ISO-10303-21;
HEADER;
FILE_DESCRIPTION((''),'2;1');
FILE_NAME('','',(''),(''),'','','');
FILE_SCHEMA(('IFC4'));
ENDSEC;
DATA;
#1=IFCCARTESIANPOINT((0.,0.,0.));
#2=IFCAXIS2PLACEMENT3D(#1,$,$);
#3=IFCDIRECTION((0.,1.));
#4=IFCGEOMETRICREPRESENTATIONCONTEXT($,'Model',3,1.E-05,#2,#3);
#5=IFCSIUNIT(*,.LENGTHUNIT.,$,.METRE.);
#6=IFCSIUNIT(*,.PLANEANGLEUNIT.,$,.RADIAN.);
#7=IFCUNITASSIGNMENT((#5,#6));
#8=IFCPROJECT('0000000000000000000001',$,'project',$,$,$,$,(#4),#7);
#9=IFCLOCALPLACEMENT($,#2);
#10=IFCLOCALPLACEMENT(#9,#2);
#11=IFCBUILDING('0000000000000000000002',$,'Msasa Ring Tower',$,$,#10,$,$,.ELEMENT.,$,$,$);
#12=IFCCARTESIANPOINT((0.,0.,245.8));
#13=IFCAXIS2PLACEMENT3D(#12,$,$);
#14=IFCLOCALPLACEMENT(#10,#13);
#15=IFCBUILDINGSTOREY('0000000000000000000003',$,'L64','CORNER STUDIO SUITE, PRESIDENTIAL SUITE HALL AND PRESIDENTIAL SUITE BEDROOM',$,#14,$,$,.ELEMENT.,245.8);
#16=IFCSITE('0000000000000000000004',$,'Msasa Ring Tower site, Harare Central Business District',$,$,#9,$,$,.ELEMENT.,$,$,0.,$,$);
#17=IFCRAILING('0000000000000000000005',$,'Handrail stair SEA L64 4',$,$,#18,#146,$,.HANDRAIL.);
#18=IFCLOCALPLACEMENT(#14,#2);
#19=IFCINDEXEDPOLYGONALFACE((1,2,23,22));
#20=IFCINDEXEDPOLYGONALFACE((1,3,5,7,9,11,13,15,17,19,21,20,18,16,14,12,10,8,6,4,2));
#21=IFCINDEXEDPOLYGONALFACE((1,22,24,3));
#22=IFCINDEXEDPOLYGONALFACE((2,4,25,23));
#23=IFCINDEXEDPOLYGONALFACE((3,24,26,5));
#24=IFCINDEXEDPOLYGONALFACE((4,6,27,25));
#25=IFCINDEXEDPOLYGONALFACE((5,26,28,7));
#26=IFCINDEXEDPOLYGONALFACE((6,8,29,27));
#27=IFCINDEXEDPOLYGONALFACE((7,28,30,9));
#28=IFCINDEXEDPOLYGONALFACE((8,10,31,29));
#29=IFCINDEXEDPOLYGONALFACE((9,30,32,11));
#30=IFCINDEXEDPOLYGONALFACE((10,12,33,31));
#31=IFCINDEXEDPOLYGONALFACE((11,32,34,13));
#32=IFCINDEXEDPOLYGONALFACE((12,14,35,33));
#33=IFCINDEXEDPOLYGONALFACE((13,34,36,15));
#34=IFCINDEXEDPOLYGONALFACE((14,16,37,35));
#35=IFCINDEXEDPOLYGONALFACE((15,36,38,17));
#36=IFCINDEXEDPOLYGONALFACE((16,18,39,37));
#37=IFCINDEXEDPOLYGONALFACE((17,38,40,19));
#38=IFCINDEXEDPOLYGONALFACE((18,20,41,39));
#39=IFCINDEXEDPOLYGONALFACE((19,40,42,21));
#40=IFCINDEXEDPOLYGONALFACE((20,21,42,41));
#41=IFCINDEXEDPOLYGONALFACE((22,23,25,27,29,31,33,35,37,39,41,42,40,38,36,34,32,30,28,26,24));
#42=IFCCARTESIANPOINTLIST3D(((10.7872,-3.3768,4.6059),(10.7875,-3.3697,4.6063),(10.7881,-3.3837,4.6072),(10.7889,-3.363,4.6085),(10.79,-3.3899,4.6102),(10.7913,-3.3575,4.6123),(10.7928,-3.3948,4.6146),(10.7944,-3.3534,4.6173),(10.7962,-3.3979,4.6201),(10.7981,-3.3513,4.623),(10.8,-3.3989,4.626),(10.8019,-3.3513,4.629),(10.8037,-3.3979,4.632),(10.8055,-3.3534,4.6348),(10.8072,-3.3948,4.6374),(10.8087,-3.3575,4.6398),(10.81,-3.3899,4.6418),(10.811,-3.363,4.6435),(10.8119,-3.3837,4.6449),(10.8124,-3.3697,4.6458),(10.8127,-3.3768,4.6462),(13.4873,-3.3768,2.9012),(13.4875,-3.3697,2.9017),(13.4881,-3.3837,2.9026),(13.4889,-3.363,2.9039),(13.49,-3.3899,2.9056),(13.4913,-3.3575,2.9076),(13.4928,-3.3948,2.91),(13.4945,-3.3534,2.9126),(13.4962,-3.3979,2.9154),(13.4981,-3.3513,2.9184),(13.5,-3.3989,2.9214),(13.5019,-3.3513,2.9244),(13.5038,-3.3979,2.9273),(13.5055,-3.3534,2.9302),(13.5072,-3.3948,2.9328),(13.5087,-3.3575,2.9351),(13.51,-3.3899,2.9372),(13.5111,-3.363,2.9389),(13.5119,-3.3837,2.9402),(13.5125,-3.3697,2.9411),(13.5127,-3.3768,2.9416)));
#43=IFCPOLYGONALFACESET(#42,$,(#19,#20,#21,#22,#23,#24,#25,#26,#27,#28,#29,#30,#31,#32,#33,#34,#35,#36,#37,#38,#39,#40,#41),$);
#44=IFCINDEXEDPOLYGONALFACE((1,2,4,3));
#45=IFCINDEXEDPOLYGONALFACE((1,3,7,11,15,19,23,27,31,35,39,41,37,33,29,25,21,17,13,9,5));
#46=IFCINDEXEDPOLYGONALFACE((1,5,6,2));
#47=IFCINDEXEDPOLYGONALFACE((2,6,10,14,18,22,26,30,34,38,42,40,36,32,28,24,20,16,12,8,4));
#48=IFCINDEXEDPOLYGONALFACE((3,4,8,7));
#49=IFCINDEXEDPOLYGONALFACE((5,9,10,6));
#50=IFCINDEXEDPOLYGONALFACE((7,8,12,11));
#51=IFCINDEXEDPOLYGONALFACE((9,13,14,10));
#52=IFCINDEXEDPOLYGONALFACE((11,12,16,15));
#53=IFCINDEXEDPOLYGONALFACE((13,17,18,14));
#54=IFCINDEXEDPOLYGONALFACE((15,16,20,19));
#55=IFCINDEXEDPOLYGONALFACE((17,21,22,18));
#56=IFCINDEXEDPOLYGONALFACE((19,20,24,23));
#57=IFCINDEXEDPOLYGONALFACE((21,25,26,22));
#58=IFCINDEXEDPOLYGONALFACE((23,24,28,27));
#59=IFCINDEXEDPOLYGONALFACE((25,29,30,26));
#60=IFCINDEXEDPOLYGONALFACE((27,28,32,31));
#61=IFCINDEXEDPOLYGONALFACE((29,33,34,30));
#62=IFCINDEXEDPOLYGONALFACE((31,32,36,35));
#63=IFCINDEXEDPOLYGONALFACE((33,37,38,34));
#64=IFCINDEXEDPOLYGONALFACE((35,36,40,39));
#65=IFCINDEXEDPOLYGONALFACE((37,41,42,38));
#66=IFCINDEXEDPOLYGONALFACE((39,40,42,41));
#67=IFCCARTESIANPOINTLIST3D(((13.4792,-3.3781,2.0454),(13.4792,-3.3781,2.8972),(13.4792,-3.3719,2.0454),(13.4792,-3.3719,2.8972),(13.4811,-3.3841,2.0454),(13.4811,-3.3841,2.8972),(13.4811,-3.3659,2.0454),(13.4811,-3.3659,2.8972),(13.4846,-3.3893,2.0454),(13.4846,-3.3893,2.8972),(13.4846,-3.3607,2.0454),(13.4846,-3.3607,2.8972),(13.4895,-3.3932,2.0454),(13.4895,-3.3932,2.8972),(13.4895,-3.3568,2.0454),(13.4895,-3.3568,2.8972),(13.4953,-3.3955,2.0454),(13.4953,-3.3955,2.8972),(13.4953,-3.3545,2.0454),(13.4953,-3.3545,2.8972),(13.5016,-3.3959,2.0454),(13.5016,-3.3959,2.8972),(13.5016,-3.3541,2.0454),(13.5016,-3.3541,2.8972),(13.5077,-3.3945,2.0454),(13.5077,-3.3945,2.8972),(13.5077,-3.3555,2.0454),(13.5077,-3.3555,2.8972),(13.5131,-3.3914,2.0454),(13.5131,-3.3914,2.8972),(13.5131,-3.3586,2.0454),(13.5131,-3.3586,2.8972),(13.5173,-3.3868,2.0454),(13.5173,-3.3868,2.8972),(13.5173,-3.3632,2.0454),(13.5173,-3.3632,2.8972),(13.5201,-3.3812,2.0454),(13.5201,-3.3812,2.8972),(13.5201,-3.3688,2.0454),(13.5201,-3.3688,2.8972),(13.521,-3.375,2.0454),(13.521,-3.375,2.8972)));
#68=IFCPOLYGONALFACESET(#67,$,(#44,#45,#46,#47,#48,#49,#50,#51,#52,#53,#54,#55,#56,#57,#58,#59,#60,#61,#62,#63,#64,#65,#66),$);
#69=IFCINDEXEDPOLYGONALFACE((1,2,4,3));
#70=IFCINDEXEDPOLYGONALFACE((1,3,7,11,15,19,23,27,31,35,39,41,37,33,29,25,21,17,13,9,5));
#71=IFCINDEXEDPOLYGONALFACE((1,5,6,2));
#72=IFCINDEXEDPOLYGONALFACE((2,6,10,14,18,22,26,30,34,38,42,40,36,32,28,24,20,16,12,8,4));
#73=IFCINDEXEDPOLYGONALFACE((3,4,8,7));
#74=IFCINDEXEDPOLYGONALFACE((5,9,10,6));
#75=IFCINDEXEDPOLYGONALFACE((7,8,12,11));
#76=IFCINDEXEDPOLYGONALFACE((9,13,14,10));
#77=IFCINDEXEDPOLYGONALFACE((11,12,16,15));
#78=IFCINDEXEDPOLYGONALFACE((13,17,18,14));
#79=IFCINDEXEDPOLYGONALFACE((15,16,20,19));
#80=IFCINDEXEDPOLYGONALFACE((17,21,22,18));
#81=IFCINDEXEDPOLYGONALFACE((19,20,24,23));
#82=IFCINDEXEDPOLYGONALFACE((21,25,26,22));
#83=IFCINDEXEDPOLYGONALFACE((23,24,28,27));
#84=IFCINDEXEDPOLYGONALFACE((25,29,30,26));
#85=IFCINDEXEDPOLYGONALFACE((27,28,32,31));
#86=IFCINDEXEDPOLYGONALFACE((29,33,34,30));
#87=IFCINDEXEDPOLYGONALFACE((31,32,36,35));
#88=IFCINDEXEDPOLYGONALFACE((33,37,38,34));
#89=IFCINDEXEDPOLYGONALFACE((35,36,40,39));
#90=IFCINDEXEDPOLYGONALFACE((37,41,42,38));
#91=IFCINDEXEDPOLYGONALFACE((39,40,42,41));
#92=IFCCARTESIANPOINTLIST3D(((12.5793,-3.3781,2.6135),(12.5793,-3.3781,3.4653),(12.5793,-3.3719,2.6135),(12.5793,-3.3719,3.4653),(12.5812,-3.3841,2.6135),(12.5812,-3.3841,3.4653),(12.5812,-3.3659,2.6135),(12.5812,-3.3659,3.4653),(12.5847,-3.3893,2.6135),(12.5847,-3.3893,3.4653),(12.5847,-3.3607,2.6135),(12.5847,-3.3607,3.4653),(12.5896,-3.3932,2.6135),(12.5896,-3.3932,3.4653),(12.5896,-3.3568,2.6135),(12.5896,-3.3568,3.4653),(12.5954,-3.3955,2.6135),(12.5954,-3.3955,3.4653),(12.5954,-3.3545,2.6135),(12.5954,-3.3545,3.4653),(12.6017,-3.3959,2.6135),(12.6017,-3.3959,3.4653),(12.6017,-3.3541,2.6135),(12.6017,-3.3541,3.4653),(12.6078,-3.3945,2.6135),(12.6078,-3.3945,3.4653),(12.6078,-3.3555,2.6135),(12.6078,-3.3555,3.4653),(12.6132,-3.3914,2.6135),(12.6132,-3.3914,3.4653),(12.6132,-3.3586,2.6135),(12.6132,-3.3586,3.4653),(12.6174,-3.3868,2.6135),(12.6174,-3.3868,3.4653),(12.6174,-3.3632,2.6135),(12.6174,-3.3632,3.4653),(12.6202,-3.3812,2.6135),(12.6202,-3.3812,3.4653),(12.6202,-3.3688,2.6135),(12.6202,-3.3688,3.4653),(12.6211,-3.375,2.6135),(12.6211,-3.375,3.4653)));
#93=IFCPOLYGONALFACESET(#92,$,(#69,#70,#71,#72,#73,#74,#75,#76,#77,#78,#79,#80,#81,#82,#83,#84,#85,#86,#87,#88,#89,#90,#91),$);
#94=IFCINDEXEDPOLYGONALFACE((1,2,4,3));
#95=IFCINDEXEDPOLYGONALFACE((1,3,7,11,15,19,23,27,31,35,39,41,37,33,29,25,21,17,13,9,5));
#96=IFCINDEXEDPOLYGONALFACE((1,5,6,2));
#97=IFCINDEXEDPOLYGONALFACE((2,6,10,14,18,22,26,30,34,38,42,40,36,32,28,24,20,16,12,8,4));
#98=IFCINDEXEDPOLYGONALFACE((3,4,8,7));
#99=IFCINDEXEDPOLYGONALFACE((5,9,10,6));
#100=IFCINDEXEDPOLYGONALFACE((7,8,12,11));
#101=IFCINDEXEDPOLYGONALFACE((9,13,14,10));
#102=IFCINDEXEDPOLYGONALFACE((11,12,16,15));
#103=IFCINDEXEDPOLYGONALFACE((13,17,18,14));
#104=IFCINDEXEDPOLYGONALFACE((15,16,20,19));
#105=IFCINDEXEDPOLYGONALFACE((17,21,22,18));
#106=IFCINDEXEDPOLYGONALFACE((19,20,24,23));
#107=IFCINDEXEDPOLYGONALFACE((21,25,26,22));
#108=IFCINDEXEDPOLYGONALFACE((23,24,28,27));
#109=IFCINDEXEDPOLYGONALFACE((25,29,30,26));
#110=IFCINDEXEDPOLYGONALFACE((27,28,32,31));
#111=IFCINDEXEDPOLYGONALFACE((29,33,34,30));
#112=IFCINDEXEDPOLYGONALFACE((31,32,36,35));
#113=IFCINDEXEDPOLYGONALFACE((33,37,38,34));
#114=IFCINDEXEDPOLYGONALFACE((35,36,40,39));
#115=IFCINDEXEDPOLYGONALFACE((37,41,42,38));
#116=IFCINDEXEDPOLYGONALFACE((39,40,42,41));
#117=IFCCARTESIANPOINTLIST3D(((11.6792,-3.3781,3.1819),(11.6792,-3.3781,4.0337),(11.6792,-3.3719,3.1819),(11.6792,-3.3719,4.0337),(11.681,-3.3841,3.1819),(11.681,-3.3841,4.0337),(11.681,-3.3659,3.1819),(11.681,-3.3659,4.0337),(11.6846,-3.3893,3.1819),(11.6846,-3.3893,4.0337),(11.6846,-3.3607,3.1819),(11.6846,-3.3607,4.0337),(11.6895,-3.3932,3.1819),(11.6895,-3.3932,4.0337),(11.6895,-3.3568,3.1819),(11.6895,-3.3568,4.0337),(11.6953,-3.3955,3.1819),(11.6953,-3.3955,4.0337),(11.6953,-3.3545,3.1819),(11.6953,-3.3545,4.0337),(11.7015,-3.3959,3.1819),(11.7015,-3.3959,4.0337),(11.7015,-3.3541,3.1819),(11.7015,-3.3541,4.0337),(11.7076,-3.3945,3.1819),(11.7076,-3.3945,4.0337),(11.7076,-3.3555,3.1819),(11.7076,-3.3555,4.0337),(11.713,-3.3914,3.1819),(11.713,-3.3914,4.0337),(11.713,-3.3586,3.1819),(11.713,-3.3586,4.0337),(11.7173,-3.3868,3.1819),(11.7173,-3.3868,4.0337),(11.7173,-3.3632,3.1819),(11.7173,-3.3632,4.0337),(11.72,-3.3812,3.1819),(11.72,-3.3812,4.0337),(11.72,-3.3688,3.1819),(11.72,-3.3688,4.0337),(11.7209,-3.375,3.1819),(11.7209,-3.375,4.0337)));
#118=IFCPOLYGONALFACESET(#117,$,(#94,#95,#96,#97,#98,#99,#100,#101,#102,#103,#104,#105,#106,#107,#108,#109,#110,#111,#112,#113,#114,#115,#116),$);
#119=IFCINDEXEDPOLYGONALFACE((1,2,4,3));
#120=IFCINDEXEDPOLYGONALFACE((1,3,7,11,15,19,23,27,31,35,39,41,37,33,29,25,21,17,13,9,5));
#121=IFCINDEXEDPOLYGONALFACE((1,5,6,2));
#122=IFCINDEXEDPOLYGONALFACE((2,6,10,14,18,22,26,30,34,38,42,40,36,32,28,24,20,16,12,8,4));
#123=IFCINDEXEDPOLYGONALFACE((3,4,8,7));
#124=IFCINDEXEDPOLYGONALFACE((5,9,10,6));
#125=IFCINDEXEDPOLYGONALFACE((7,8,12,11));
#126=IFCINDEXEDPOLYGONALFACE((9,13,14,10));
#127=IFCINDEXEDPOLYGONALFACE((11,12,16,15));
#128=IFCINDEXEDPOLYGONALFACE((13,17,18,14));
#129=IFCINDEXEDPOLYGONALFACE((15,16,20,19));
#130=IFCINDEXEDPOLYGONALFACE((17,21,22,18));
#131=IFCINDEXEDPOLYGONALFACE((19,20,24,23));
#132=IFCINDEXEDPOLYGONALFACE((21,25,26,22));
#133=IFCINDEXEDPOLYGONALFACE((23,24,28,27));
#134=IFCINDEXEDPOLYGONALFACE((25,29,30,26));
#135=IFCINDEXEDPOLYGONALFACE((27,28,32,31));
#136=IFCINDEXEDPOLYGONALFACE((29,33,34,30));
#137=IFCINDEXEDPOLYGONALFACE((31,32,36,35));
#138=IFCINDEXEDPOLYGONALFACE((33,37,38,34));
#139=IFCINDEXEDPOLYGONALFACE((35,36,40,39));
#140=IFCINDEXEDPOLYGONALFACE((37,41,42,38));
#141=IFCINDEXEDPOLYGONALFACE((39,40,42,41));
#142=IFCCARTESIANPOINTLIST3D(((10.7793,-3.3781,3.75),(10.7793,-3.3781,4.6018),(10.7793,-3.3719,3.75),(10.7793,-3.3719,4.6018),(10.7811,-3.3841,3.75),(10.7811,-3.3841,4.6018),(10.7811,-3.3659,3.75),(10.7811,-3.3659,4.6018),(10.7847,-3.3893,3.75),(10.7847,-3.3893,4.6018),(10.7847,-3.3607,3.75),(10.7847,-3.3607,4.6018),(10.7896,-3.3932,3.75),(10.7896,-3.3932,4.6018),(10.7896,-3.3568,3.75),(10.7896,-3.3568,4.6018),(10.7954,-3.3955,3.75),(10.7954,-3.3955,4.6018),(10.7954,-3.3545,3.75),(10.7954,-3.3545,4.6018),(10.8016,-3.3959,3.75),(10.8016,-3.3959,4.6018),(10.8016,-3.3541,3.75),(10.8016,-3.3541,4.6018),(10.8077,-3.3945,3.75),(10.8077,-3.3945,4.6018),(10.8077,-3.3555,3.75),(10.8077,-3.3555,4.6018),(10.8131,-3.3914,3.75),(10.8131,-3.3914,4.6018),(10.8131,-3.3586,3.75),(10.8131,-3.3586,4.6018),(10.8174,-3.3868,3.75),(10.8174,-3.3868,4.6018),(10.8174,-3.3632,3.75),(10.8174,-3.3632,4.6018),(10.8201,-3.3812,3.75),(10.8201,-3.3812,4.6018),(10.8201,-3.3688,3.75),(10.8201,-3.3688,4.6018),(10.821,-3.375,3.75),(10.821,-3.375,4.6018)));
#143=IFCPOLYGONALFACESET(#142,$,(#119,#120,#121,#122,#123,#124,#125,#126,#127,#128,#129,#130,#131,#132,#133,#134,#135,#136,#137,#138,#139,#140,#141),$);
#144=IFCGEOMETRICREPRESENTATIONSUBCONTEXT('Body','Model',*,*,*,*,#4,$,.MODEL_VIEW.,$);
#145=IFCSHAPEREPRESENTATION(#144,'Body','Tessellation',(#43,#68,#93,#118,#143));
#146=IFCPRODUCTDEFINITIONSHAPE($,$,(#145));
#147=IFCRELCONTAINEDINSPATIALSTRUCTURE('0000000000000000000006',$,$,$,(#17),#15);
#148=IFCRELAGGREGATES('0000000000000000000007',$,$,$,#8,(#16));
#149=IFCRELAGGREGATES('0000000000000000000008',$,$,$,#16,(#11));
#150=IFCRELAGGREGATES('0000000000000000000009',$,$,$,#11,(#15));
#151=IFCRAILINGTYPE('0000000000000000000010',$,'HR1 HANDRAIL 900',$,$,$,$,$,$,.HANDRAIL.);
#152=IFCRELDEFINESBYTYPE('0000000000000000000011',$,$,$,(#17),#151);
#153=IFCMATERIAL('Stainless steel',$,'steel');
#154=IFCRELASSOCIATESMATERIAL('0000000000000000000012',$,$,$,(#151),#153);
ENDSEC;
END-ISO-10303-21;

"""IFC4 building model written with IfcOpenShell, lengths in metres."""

from ifc_helpers import new_model, si_unit, direction, frame, origin, origin_2d, place, context, subcontext, project, spatial, circle, extrude, material, type_object, element, save


model = new_model("IFC4")

# Units and contexts
model_context = context("Model", 3, precision=1e-05, world=origin(), true_north=direction((0.0, 1.0)))
body_context = subcontext(model_context, "Body", "Model", "MODEL_VIEW")
ifc_project = project(units=[si_unit("LENGTHUNIT", "METRE"), si_unit("PLANEANGLEUNIT", "RADIAN")], contexts=[model_context])

# Site, building, storey
site_placement = place(None, origin())
site = spatial("IfcSite", under=ifc_project, at=site_placement, Name="Msasa Ring Tower site, Harare Central Business District", CompositionType="ELEMENT", RefElevation=0.0)
building_placement = place(site_placement, origin())
building = spatial("IfcBuilding", under=site, at=building_placement, Name="Msasa Ring Tower", CompositionType="ELEMENT")
storey_placement = place(building_placement, frame((0.0, 0.0, 245.8)))
storey = spatial("IfcBuildingStorey", under=building, at=storey_placement, Name="L64", Description="CORNER STUDIO SUITE, PRESIDENTIAL SUITE HALL AND PRESIDENTIAL SUITE BEDROOM", CompositionType="ELEMENT", Elevation=245.8)

# Railing
ifc_material_1 = material(Name="Stainless steel", Category="steel")
railing_type = type_object("IfcRailingType", Name="HR1 HANDRAIL 900", PredefinedType="HANDRAIL", material=ifc_material_1)
for number, where, name in (
    (1, (13.5, -3.375, 2.0454), "Handrail stair SEA L64 4"),
):
    element("IfcRailing", number, at=place(storey_placement, frame(where)), inside=storey, type_object=railing_type, Name=name, PredefinedType="HANDRAIL", context=body_context, shape_type="SweptSolid", body=[
        extrude(circle(Radius=0.0239, at=origin_2d()), frame((0.0, 0.0, 0.876), z_axis=(-0.84558, 0.0, 0.533849), x_axis=(0.0, -1.0, 0.0)), (0.0, 0.0, 1.0), 3.1931),
        extrude(circle(Radius=0.021, at=origin_2d()), origin(), (0.0, 0.0, 1.0), 0.8518),
        extrude(circle(Radius=0.021, at=origin_2d()), frame((-0.8999, 0.0, 0.5681)), (0.0, 0.0, 1.0), 0.8518),
        extrude(circle(Radius=0.021, at=origin_2d()), frame((-1.8, 0.0, 1.1365)), (0.0, 0.0, 1.0), 0.8518),
        extrude(circle(Radius=0.021, at=origin_2d()), frame((-2.7, 0.0, 1.7046)), (0.0, 0.0, 1.0), 0.8518),
    ])

save(model, "model.ifc")
